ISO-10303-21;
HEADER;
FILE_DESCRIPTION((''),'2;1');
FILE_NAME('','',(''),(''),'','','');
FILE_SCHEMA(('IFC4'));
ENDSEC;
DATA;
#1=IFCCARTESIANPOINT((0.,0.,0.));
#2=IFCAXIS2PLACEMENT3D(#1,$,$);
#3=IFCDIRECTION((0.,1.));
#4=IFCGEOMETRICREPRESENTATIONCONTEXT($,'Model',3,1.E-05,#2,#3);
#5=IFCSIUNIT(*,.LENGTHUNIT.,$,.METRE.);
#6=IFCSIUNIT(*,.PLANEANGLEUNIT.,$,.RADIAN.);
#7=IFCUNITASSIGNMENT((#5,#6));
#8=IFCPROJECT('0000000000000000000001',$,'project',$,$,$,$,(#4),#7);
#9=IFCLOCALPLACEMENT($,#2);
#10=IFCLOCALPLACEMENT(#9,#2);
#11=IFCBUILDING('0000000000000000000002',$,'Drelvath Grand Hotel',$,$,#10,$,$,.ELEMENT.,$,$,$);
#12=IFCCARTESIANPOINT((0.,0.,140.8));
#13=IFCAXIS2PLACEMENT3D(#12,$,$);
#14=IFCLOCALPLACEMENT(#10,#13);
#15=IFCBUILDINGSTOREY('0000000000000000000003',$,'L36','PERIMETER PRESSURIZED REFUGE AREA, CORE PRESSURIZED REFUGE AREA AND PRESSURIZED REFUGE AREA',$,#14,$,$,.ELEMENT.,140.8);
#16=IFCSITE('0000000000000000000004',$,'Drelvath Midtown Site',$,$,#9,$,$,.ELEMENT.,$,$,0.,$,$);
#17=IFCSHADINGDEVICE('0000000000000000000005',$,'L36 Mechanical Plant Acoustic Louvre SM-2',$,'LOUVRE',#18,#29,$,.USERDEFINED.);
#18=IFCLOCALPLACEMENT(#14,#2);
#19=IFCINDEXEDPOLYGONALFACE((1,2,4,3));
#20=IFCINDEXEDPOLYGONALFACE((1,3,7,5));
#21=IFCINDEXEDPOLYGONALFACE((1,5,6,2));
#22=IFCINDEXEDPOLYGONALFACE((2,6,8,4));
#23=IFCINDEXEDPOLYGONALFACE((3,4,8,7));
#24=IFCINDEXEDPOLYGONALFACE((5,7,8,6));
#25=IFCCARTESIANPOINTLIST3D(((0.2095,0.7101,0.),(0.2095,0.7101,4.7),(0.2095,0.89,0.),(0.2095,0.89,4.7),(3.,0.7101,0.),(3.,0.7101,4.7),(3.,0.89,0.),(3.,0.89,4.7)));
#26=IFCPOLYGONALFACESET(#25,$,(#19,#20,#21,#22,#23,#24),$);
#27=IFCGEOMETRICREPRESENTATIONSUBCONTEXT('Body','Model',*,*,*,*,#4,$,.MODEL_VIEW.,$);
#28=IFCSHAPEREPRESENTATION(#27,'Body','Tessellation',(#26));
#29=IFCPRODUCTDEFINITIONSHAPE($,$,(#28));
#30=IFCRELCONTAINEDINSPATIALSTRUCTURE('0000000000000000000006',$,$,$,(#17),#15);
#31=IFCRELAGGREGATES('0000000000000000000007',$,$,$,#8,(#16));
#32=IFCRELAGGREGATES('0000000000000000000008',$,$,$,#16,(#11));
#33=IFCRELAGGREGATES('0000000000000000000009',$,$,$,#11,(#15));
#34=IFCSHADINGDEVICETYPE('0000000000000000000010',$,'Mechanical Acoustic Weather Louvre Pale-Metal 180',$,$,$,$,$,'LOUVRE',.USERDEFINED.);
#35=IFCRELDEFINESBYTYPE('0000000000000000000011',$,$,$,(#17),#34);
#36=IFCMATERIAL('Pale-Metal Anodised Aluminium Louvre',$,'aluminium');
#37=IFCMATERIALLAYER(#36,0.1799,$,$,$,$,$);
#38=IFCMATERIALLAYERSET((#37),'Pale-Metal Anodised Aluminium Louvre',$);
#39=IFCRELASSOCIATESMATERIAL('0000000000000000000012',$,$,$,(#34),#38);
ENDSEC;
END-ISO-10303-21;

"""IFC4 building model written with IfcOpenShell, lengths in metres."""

from ifc_helpers import new_model, si_unit, direction, frame, origin, origin_2d, place, context, subcontext, project, spatial, rectangle, extrude, material, layer, layer_set, type_object, element, save


model = new_model("IFC4")

# Units and contexts
model_context = context("Model", 3, precision=1e-05, world=origin(), true_north=direction((0.0, 1.0)))
body_context = subcontext(model_context, "Body", "Model", "MODEL_VIEW")
ifc_project = project(units=[si_unit("LENGTHUNIT", "METRE"), si_unit("PLANEANGLEUNIT", "RADIAN")], contexts=[model_context])

# Site, building, storey
site_placement = place(None, origin())
site = spatial("IfcSite", under=ifc_project, at=site_placement, Name="Drelvath Midtown Site", CompositionType="ELEMENT", RefElevation=0.0)
building_placement = place(site_placement, origin())
building = spatial("IfcBuilding", under=site, at=building_placement, Name="Drelvath Grand Hotel", CompositionType="ELEMENT")
storey_placement = place(building_placement, frame((0.0, 0.0, 140.8)))
storey = spatial("IfcBuildingStorey", under=building, at=storey_placement, Name="L36", Description="PERIMETER PRESSURIZED REFUGE AREA, CORE PRESSURIZED REFUGE AREA AND PRESSURIZED REFUGE AREA", CompositionType="ELEMENT", Elevation=140.8)

# Shading device
ifc_material_1 = material(Name="Pale-Metal Anodised Aluminium Louvre", Category="aluminium")
ifc_layer_1 = layer(ifc_material_1, 0.1799)
ifc_layer_set_1 = layer_set([ifc_layer_1], Name="Pale-Metal Anodised Aluminium Louvre")
shading_device_type = type_object("IfcShadingDeviceType", Name="Mechanical Acoustic Weather Louvre Pale-Metal 180", ElementType="LOUVRE", PredefinedType="USERDEFINED", material=ifc_layer_set_1)
shading_device_1_placement = place(storey_placement, frame((1.6047, 0.8, 0.0), z_axis=(0.0, 0.0, 1.0), x_axis=(1.0, 0.0, 0.0)))
element("IfcShadingDevice", 1, at=shading_device_1_placement, inside=storey, type_object=shading_device_type, Name="L36 Mechanical Plant Acoustic Louvre SM-2", ObjectType="LOUVRE", PredefinedType="USERDEFINED", context=body_context, shape_type="SweptSolid", body=[
    extrude(rectangle(XDim=2.7905, YDim=0.1799, at=origin_2d()), origin(), (0.0, 0.0, 1.0), 4.7),
])

save(model, "model.ifc")
